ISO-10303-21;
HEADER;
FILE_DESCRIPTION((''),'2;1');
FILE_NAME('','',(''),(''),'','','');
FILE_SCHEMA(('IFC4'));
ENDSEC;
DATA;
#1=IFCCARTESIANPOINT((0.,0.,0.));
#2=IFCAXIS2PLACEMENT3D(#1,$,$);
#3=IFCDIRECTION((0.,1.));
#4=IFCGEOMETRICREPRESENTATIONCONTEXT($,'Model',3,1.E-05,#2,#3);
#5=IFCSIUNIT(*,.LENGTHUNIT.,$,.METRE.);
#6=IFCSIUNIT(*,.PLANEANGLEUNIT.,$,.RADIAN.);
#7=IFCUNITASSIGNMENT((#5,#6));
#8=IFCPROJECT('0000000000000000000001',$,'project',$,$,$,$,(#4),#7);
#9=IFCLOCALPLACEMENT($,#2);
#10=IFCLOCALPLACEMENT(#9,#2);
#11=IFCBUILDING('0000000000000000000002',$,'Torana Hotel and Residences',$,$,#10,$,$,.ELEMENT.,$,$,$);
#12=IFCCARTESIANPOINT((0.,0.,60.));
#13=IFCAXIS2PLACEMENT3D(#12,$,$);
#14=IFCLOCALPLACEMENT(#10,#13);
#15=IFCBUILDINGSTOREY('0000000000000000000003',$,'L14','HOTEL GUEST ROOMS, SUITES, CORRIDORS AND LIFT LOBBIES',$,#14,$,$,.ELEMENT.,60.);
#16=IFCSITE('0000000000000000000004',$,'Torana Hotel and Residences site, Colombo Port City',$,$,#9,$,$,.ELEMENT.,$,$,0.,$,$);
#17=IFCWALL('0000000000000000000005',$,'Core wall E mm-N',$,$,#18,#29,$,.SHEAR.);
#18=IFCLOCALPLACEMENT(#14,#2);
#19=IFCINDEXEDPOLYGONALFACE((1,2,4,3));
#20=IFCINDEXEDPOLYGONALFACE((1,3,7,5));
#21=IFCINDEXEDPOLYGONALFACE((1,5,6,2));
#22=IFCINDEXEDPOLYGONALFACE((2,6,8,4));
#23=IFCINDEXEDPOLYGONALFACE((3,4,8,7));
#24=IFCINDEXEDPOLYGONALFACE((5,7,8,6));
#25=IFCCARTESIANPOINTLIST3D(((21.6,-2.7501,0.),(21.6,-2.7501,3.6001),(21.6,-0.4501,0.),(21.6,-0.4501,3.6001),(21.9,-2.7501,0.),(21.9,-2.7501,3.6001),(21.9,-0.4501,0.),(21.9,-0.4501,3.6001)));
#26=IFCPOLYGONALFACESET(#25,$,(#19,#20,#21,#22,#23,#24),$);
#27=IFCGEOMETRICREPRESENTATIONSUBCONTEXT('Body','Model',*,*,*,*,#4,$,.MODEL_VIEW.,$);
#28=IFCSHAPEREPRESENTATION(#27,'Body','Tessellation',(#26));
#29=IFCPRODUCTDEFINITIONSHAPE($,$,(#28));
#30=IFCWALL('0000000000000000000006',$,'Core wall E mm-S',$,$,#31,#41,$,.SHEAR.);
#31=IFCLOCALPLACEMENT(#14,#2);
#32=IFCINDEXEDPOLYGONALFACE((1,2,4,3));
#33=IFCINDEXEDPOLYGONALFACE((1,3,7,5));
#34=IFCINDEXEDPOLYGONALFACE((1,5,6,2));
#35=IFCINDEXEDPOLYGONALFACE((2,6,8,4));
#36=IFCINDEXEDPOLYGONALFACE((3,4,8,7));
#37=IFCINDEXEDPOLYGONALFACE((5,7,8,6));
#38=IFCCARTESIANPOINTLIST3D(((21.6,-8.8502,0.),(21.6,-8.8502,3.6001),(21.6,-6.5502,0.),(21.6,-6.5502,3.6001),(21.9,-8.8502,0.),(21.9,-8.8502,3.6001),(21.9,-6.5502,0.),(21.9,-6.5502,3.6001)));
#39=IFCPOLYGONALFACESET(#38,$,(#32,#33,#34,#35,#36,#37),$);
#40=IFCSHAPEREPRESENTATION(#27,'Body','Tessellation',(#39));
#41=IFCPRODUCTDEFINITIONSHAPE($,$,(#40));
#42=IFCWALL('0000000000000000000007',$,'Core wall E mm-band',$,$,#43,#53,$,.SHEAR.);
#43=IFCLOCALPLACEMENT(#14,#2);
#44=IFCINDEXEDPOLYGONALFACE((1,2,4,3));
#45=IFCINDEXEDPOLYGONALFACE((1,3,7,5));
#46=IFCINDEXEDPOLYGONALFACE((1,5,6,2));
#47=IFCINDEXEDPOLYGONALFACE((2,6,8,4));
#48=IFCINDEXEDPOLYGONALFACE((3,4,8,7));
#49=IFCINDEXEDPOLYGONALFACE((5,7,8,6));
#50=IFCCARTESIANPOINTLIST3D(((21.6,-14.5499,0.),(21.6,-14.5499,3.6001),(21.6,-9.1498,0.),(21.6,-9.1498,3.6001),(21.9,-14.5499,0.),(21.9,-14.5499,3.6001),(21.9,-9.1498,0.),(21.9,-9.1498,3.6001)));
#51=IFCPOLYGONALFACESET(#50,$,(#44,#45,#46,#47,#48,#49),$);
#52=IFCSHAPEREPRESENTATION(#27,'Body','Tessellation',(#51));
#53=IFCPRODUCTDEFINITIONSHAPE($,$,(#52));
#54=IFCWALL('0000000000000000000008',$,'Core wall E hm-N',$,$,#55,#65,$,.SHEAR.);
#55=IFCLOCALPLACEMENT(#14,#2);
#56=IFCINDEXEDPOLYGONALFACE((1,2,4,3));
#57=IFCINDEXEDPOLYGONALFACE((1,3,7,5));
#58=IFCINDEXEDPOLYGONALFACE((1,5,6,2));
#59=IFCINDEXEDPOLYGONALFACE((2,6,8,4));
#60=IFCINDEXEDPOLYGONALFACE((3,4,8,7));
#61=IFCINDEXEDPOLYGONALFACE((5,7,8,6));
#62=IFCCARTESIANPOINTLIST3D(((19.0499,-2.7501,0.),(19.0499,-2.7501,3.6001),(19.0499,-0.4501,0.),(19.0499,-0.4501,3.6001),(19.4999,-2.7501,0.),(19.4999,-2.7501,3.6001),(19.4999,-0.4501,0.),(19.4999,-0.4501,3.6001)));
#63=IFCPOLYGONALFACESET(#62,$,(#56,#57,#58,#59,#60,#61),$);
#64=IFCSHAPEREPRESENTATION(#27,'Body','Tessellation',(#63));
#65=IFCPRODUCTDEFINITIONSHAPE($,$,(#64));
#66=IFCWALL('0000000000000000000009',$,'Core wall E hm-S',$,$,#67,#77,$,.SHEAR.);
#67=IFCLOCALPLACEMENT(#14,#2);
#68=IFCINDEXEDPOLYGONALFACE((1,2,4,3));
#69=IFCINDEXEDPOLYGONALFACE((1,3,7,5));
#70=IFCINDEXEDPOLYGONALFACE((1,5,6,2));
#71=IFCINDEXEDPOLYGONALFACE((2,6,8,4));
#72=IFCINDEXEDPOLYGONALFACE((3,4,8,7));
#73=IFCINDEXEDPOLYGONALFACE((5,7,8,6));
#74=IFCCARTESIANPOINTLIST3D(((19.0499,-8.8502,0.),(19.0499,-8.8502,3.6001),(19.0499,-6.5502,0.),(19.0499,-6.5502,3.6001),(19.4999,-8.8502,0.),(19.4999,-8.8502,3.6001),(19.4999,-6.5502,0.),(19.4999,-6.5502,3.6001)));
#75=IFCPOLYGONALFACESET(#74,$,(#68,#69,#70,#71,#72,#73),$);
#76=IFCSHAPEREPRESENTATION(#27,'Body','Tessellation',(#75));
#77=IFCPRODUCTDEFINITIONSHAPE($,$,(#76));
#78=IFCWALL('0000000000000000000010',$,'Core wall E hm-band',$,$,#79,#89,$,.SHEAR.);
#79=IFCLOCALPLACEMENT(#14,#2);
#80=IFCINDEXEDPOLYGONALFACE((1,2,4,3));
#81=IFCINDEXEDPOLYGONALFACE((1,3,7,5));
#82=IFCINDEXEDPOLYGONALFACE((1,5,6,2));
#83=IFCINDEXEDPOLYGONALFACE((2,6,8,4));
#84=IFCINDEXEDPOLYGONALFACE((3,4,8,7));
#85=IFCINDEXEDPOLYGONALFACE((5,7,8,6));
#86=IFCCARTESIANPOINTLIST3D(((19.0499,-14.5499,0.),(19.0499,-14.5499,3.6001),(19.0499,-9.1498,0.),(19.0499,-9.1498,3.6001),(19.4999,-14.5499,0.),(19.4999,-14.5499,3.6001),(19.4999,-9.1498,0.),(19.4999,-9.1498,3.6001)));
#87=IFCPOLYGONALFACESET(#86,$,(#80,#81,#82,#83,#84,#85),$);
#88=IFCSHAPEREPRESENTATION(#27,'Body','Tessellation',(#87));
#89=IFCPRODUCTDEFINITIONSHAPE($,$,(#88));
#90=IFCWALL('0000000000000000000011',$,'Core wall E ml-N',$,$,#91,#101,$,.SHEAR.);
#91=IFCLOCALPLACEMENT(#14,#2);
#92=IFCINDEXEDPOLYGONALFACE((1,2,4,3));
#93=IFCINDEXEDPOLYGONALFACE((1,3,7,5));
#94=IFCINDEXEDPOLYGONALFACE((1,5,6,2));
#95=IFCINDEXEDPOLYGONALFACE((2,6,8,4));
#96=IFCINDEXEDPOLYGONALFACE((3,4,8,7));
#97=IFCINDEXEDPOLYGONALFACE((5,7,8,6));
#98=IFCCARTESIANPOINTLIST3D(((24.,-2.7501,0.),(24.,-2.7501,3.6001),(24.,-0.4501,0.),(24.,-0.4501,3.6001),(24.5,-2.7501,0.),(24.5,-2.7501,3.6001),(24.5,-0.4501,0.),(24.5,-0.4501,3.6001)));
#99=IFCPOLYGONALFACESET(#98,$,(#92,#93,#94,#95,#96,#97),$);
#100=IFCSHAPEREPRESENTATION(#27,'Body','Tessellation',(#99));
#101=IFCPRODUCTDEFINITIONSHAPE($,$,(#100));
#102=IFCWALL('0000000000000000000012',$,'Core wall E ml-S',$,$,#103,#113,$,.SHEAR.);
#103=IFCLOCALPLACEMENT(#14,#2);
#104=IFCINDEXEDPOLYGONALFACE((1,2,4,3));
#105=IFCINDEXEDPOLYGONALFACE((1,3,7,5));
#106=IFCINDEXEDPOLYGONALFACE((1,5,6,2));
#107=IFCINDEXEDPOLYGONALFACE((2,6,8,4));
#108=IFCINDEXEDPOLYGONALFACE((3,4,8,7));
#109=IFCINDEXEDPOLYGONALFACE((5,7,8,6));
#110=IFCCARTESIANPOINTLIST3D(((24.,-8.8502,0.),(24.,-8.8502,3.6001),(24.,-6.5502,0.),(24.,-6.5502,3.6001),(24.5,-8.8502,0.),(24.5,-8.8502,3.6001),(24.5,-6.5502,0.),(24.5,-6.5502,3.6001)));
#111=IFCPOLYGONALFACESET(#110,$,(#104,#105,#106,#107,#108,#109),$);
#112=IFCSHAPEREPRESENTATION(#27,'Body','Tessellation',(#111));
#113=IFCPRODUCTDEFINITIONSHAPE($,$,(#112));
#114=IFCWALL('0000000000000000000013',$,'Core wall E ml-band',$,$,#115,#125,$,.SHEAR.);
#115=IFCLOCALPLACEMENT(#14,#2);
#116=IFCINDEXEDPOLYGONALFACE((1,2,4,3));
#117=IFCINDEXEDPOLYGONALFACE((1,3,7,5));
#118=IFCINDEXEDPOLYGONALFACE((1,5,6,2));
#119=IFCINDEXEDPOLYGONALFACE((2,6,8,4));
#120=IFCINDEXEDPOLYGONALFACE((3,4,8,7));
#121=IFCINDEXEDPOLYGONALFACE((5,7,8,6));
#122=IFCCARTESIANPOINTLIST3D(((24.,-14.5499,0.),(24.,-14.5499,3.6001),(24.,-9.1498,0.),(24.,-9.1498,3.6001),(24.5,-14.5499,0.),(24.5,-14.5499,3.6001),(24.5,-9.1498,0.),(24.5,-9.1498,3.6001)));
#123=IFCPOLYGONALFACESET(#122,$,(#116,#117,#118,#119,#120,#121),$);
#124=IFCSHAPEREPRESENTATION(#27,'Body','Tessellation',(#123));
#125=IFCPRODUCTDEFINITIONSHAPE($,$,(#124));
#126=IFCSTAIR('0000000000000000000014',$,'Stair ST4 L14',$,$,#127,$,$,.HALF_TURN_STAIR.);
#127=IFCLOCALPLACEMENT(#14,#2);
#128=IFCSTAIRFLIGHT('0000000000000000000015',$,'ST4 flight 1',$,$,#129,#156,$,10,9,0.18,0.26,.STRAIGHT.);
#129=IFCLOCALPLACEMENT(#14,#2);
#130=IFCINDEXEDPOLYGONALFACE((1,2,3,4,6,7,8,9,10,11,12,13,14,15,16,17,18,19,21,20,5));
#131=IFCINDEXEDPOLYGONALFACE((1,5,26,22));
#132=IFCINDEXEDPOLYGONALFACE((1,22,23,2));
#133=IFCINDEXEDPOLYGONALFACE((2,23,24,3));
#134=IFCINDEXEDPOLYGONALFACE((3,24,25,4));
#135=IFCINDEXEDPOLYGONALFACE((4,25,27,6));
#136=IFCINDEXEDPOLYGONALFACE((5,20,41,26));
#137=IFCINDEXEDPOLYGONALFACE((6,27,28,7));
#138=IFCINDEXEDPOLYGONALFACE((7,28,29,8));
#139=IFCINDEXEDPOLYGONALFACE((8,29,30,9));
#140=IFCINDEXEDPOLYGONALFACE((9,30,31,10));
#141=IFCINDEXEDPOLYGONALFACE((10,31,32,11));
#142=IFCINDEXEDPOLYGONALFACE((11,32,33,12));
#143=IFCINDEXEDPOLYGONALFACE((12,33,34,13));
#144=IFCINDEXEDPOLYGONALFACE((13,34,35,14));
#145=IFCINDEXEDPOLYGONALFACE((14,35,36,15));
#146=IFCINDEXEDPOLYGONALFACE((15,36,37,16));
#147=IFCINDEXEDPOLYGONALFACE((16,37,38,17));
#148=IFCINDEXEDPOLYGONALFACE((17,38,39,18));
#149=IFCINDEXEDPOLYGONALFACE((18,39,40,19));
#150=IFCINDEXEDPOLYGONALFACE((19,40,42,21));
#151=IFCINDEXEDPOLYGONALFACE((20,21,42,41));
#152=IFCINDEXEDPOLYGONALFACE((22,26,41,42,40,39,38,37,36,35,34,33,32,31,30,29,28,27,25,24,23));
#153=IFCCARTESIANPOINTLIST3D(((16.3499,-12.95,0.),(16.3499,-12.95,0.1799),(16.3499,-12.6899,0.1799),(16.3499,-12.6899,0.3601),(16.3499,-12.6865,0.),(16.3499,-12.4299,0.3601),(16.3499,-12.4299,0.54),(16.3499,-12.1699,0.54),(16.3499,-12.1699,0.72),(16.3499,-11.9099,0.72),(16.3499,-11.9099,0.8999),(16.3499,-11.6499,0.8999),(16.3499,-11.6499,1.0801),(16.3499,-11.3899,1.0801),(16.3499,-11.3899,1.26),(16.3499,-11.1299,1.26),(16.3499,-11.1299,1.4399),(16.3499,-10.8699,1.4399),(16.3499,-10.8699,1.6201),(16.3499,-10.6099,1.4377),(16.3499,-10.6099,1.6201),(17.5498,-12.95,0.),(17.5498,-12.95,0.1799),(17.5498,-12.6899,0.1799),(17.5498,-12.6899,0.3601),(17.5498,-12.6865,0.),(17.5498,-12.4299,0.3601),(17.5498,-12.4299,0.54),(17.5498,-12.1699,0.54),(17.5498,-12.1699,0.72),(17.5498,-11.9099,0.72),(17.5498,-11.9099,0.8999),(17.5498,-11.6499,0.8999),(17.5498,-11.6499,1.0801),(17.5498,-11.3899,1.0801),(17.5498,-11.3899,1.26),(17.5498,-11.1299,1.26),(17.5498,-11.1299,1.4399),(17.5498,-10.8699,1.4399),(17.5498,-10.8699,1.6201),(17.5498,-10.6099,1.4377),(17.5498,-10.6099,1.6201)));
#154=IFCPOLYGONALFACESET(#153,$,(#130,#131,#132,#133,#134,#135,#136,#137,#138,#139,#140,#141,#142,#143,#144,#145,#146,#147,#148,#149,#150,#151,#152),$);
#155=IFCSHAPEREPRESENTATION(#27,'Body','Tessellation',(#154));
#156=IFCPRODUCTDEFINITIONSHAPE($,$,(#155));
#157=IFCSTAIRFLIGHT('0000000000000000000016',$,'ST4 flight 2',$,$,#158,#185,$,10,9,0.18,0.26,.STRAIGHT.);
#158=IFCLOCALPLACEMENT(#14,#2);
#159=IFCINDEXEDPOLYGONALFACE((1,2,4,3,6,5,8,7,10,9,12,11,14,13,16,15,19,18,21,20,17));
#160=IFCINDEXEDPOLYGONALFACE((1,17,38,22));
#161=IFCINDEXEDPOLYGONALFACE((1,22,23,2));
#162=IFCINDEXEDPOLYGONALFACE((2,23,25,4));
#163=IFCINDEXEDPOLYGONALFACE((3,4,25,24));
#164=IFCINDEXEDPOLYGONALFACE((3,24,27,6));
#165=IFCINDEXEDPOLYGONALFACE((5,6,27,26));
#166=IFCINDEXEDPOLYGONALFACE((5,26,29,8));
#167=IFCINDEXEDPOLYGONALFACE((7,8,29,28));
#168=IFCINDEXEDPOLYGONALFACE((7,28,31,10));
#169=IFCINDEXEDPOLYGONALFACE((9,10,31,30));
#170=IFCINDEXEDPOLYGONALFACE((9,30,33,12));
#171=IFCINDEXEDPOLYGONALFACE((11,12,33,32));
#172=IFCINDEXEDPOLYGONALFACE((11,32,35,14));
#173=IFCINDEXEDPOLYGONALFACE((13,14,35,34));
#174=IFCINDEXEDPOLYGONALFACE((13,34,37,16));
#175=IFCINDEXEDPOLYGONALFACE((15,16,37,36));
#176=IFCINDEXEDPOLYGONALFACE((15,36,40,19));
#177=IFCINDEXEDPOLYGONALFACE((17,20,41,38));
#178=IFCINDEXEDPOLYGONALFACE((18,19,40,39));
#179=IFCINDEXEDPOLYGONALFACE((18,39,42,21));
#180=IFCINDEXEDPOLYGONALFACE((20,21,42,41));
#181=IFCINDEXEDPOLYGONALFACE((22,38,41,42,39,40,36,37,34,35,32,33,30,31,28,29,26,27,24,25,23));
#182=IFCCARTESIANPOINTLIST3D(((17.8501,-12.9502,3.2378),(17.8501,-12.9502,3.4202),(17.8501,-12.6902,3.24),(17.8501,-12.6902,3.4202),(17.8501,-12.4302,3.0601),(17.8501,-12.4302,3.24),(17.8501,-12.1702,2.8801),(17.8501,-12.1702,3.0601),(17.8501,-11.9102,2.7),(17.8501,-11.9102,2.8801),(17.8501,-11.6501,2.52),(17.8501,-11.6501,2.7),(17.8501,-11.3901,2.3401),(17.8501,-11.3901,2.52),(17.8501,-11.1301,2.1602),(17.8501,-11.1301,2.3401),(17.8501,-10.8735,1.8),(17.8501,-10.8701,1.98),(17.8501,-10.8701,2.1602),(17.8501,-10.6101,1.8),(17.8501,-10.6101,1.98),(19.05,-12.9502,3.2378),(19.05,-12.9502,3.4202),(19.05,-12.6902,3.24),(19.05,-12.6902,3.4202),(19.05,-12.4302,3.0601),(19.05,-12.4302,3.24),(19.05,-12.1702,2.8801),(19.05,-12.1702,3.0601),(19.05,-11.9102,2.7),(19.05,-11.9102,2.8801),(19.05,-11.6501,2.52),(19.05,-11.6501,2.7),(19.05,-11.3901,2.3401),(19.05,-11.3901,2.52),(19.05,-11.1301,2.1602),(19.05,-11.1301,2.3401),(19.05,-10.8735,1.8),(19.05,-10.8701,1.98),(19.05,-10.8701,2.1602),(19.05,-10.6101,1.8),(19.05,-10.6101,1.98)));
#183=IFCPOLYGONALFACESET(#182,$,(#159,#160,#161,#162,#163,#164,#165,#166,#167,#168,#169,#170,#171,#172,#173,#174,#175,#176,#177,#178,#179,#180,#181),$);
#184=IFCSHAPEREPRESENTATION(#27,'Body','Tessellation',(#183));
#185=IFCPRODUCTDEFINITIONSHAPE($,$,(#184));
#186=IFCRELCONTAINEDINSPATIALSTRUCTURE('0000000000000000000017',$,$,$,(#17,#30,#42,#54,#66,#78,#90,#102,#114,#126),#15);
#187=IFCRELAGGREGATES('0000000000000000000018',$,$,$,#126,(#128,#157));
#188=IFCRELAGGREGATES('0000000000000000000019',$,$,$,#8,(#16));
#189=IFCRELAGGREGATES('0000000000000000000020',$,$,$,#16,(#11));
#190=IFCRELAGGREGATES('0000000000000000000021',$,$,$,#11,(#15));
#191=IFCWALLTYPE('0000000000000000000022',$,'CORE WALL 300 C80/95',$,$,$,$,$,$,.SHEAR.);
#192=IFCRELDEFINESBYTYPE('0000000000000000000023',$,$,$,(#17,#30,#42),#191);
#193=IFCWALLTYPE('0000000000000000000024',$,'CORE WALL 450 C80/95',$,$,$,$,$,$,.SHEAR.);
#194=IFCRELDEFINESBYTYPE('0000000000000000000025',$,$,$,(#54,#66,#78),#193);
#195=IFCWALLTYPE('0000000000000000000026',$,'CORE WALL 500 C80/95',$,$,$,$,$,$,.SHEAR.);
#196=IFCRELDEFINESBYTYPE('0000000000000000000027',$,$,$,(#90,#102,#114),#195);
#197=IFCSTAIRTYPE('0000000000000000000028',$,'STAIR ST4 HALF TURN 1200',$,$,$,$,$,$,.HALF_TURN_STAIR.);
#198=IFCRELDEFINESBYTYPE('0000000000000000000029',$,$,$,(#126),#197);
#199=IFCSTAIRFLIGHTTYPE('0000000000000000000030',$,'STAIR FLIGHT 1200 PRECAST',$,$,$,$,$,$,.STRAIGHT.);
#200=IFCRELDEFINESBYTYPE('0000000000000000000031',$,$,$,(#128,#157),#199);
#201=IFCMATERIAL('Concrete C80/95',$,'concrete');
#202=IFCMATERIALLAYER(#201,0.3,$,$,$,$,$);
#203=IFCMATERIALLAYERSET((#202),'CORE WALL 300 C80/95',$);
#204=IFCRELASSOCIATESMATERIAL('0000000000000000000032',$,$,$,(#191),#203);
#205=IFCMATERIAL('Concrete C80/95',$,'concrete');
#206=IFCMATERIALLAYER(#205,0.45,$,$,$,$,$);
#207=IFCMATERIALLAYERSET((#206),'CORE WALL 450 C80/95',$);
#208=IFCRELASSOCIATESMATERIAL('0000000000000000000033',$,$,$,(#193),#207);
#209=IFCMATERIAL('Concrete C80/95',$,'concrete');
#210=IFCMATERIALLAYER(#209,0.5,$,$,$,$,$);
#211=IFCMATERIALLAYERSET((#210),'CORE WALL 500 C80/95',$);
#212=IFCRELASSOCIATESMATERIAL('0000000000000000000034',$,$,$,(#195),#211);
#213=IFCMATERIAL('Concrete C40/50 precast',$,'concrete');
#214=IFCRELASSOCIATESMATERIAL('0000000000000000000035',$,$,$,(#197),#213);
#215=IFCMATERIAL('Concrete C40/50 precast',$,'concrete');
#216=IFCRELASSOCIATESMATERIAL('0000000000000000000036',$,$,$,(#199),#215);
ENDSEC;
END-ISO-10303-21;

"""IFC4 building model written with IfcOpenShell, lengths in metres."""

from ifc_helpers import new_model, si_unit, direction, frame, frame_2d, origin, place, context, subcontext, project, spatial, polyline, rectangle, outline, extrude, material, layer, layer_set, type_object, element, aggregate, save


model = new_model("IFC4")

# Units and contexts
model_context = context("Model", 3, precision=1e-05, world=origin(), true_north=direction((0.0, 1.0)))
body_context = subcontext(model_context, "Body", "Model", "MODEL_VIEW")
ifc_project = project(units=[si_unit("LENGTHUNIT", "METRE"), si_unit("PLANEANGLEUNIT", "RADIAN")], contexts=[model_context])

# Site, building, storey
site_placement = place(None, origin())
site = spatial("IfcSite", under=ifc_project, at=site_placement, Name="Torana Hotel and Residences site, Colombo Port City", CompositionType="ELEMENT", RefElevation=0.0)
building_placement = place(site_placement, origin())
building = spatial("IfcBuilding", under=site, at=building_placement, Name="Torana Hotel and Residences", CompositionType="ELEMENT")
storey_placement = place(building_placement, frame((0.0, 0.0, 60.0)))
storey = spatial("IfcBuildingStorey", under=building, at=storey_placement, Name="L14", Description="HOTEL GUEST ROOMS, SUITES, CORRIDORS AND LIFT LOBBIES", CompositionType="ELEMENT", Elevation=60.0)

# Walls
ifc_material_1 = material(Name="Concrete C80/95", Category="concrete")
ifc_layer_1 = layer(ifc_material_1, 0.3)
ifc_layer_set_1 = layer_set([ifc_layer_1], Name="CORE WALL 300 C80/95")
wall_type_1 = type_object("IfcWallType", Name="CORE WALL 300 C80/95", PredefinedType="SHEAR", material=ifc_layer_set_1)
for number, where, z_axis, x_axis, name in (
    (1, (21.75, -2.75, 0.0), (0.0, 0.0, 1.0), (0.0, 1.0, 0.0), "Core wall E mm-N"),
    (2, (21.75, -8.8501, 0.0), (0.0, 0.0, 1.0), (0.0, 1.0, 0.0), "Core wall E mm-S"),
):
    element("IfcWall", number, at=place(storey_placement, frame(where, z_axis=z_axis, x_axis=x_axis)), inside=storey, type_object=wall_type_1, Name=name, PredefinedType="SHEAR", context=body_context, shape_type="SweptSolid", body=[
        extrude(rectangle(XDim=2.3, YDim=0.3, at=frame_2d((1.1499, 0.0))), origin(), (0.0, 0.0, 1.0), 3.6001),
    ])
wall_1_placement = place(storey_placement, frame((21.75, -14.55, 0.0), z_axis=(0.0, 0.0, 1.0), x_axis=(0.0, 1.0, 0.0)))
element("IfcWall", 3, at=wall_1_placement, inside=storey, type_object=wall_type_1, Name="Core wall E mm-band", PredefinedType="SHEAR", context=body_context, shape_type="SweptSolid", body=[
    extrude(rectangle(XDim=5.4001, YDim=0.3, at=frame_2d((2.7002, 0.0))), origin(), (0.0, 0.0, 1.0), 3.6001),
])
ifc_material_2 = material(Name="Concrete C80/95", Category="concrete")
ifc_layer_2 = layer(ifc_material_2, 0.45)
ifc_layer_set_2 = layer_set([ifc_layer_2], Name="CORE WALL 450 C80/95")
wall_type_2 = type_object("IfcWallType", Name="CORE WALL 450 C80/95", PredefinedType="SHEAR", material=ifc_layer_set_2)
for number, where, z_axis, x_axis, name in (
    (4, (19.2749, -2.75, 0.0), (0.0, 0.0, 1.0), (0.0, 1.0, 0.0), "Core wall E hm-N"),
    (5, (19.2749, -8.8501, 0.0), (0.0, 0.0, 1.0), (0.0, 1.0, 0.0), "Core wall E hm-S"),
):
    element("IfcWall", number, at=place(storey_placement, frame(where, z_axis=z_axis, x_axis=x_axis)), inside=storey, type_object=wall_type_2, Name=name, PredefinedType="SHEAR", context=body_context, shape_type="SweptSolid", body=[
        extrude(rectangle(XDim=2.3, YDim=0.45, at=frame_2d((1.1499, 0.0))), origin(), (0.0, 0.0, 1.0), 3.6001),
    ])
wall_2_placement = place(storey_placement, frame((19.2749, -14.55, 0.0), z_axis=(0.0, 0.0, 1.0), x_axis=(0.0, 1.0, 0.0)))
element("IfcWall", 6, at=wall_2_placement, inside=storey, type_object=wall_type_2, Name="Core wall E hm-band", PredefinedType="SHEAR", context=body_context, shape_type="SweptSolid", body=[
    extrude(rectangle(XDim=5.4001, YDim=0.45, at=frame_2d((2.7002, 0.0))), origin(), (0.0, 0.0, 1.0), 3.6001),
])
ifc_material_3 = material(Name="Concrete C80/95", Category="concrete")
ifc_layer_3 = layer(ifc_material_3, 0.5)
ifc_layer_set_3 = layer_set([ifc_layer_3], Name="CORE WALL 500 C80/95")
wall_type_3 = type_object("IfcWallType", Name="CORE WALL 500 C80/95", PredefinedType="SHEAR", material=ifc_layer_set_3)
for number, where, z_axis, x_axis, name in (
    (7, (24.25, -2.75, 0.0), (0.0, 0.0, 1.0), (0.0, 1.0, 0.0), "Core wall E ml-N"),
    (8, (24.25, -8.8501, 0.0), (0.0, 0.0, 1.0), (0.0, 1.0, 0.0), "Core wall E ml-S"),
):
    element("IfcWall", number, at=place(storey_placement, frame(where, z_axis=z_axis, x_axis=x_axis)), inside=storey, type_object=wall_type_3, Name=name, PredefinedType="SHEAR", context=body_context, shape_type="SweptSolid", body=[
        extrude(rectangle(XDim=2.3, YDim=0.5, at=frame_2d((1.1499, 0.0))), origin(), (0.0, 0.0, 1.0), 3.6001),
    ])
wall_3_placement = place(storey_placement, frame((24.25, -14.55, 0.0), z_axis=(0.0, 0.0, 1.0), x_axis=(0.0, 1.0, 0.0)))
element("IfcWall", 9, at=wall_3_placement, inside=storey, type_object=wall_type_3, Name="Core wall E ml-band", PredefinedType="SHEAR", context=body_context, shape_type="SweptSolid", body=[
    extrude(rectangle(XDim=5.4001, YDim=0.5, at=frame_2d((2.7002, 0.0))), origin(), (0.0, 0.0, 1.0), 3.6001),
])

# Stair, stair flights
ifc_material_4 = material(Name="Concrete C40/50 precast", Category="concrete")
stair_type = type_object("IfcStairType", Name="STAIR ST4 HALF TURN 1200", PredefinedType="HALF_TURN_STAIR", material=ifc_material_4)
stair_placement = place(storey_placement, origin())
stair = element("IfcStair", 10, at=stair_placement, inside=storey, type_object=stair_type, Name="Stair ST4 L14", PredefinedType="HALF_TURN_STAIR")
ifc_material_5 = material(Name="Concrete C40/50 precast", Category="concrete")
stair_flight_type = type_object("IfcStairFlightType", Name="STAIR FLIGHT 1200 PRECAST", PredefinedType="STRAIGHT", material=ifc_material_5)
stair_flight_1_placement = place(storey_placement, frame((16.95, -12.95, 0.0), z_axis=(0.0, 0.0, 1.0), x_axis=(0.0, 1.0, 0.0)))
stair_flight_1 = element("IfcStairFlight", 11, at=stair_flight_1_placement, type_object=stair_flight_type, Name="ST4 flight 1", NumberOfRisers=10, NumberOfTreads=9, PredefinedType="STRAIGHT", RiserHeight=0.18, TreadLength=0.26, context=body_context, shape_type="SweptSolid", body=[
    extrude(outline(polyline([(0.0, 0.0), (0.0, 0.1799), (0.26, 0.1799), (0.26, 0.3601), (0.52, 0.3601), (0.52, 0.54), (0.78, 0.54), (0.78, 0.72), (1.04, 0.72), (1.04, 0.8999), (1.3, 0.8999), (1.3, 1.0801), (1.5601, 1.0801), (1.5601, 1.26), (1.8201, 1.26), (1.8201, 1.4399), (2.0801, 1.4399), (2.0801, 1.6201), (2.3401, 1.6201), (2.3401, 1.8), (2.3401, 1.4377), (0.2634, 0.0), (0.0, 0.0)])), frame((0.0, 0.6001, 0.0), z_axis=(0.0, -1.0, 0.0), x_axis=(1.0, 0.0, 0.0)), (0.0, 0.0, 1.0), 1.2),
])
stair_flight_2_placement = place(storey_placement, frame((18.45, -10.6101, 1.8), z_axis=(0.0, 0.0, 1.0), x_axis=(0.0, -1.0, 0.0)))
stair_flight_2 = element("IfcStairFlight", 12, at=stair_flight_2_placement, type_object=stair_flight_type, Name="ST4 flight 2", NumberOfRisers=10, NumberOfTreads=9, PredefinedType="STRAIGHT", RiserHeight=0.18, TreadLength=0.26, context=body_context, shape_type="SweptSolid", body=[
    extrude(outline(polyline([(0.0, 0.0), (0.0, 0.1799), (0.26, 0.1799), (0.26, 0.3601), (0.52, 0.3601), (0.52, 0.54), (0.78, 0.54), (0.78, 0.72), (1.04, 0.72), (1.04, 0.8999), (1.3, 0.8999), (1.3, 1.0801), (1.5601, 1.0801), (1.5601, 1.26), (1.8201, 1.26), (1.8201, 1.4399), (2.0801, 1.4399), (2.0801, 1.6201), (2.3401, 1.6201), (2.3401, 1.8), (2.3401, 1.4377), (0.2634, 0.0), (0.0, 0.0)])), frame((0.0, 0.6001, 0.0), z_axis=(0.0, -1.0, 0.0), x_axis=(1.0, 0.0, 0.0)), (0.0, 0.0, 1.0), 1.2),
])
aggregate(stair, [stair_flight_1, stair_flight_2])

save(model, "model.ifc")
